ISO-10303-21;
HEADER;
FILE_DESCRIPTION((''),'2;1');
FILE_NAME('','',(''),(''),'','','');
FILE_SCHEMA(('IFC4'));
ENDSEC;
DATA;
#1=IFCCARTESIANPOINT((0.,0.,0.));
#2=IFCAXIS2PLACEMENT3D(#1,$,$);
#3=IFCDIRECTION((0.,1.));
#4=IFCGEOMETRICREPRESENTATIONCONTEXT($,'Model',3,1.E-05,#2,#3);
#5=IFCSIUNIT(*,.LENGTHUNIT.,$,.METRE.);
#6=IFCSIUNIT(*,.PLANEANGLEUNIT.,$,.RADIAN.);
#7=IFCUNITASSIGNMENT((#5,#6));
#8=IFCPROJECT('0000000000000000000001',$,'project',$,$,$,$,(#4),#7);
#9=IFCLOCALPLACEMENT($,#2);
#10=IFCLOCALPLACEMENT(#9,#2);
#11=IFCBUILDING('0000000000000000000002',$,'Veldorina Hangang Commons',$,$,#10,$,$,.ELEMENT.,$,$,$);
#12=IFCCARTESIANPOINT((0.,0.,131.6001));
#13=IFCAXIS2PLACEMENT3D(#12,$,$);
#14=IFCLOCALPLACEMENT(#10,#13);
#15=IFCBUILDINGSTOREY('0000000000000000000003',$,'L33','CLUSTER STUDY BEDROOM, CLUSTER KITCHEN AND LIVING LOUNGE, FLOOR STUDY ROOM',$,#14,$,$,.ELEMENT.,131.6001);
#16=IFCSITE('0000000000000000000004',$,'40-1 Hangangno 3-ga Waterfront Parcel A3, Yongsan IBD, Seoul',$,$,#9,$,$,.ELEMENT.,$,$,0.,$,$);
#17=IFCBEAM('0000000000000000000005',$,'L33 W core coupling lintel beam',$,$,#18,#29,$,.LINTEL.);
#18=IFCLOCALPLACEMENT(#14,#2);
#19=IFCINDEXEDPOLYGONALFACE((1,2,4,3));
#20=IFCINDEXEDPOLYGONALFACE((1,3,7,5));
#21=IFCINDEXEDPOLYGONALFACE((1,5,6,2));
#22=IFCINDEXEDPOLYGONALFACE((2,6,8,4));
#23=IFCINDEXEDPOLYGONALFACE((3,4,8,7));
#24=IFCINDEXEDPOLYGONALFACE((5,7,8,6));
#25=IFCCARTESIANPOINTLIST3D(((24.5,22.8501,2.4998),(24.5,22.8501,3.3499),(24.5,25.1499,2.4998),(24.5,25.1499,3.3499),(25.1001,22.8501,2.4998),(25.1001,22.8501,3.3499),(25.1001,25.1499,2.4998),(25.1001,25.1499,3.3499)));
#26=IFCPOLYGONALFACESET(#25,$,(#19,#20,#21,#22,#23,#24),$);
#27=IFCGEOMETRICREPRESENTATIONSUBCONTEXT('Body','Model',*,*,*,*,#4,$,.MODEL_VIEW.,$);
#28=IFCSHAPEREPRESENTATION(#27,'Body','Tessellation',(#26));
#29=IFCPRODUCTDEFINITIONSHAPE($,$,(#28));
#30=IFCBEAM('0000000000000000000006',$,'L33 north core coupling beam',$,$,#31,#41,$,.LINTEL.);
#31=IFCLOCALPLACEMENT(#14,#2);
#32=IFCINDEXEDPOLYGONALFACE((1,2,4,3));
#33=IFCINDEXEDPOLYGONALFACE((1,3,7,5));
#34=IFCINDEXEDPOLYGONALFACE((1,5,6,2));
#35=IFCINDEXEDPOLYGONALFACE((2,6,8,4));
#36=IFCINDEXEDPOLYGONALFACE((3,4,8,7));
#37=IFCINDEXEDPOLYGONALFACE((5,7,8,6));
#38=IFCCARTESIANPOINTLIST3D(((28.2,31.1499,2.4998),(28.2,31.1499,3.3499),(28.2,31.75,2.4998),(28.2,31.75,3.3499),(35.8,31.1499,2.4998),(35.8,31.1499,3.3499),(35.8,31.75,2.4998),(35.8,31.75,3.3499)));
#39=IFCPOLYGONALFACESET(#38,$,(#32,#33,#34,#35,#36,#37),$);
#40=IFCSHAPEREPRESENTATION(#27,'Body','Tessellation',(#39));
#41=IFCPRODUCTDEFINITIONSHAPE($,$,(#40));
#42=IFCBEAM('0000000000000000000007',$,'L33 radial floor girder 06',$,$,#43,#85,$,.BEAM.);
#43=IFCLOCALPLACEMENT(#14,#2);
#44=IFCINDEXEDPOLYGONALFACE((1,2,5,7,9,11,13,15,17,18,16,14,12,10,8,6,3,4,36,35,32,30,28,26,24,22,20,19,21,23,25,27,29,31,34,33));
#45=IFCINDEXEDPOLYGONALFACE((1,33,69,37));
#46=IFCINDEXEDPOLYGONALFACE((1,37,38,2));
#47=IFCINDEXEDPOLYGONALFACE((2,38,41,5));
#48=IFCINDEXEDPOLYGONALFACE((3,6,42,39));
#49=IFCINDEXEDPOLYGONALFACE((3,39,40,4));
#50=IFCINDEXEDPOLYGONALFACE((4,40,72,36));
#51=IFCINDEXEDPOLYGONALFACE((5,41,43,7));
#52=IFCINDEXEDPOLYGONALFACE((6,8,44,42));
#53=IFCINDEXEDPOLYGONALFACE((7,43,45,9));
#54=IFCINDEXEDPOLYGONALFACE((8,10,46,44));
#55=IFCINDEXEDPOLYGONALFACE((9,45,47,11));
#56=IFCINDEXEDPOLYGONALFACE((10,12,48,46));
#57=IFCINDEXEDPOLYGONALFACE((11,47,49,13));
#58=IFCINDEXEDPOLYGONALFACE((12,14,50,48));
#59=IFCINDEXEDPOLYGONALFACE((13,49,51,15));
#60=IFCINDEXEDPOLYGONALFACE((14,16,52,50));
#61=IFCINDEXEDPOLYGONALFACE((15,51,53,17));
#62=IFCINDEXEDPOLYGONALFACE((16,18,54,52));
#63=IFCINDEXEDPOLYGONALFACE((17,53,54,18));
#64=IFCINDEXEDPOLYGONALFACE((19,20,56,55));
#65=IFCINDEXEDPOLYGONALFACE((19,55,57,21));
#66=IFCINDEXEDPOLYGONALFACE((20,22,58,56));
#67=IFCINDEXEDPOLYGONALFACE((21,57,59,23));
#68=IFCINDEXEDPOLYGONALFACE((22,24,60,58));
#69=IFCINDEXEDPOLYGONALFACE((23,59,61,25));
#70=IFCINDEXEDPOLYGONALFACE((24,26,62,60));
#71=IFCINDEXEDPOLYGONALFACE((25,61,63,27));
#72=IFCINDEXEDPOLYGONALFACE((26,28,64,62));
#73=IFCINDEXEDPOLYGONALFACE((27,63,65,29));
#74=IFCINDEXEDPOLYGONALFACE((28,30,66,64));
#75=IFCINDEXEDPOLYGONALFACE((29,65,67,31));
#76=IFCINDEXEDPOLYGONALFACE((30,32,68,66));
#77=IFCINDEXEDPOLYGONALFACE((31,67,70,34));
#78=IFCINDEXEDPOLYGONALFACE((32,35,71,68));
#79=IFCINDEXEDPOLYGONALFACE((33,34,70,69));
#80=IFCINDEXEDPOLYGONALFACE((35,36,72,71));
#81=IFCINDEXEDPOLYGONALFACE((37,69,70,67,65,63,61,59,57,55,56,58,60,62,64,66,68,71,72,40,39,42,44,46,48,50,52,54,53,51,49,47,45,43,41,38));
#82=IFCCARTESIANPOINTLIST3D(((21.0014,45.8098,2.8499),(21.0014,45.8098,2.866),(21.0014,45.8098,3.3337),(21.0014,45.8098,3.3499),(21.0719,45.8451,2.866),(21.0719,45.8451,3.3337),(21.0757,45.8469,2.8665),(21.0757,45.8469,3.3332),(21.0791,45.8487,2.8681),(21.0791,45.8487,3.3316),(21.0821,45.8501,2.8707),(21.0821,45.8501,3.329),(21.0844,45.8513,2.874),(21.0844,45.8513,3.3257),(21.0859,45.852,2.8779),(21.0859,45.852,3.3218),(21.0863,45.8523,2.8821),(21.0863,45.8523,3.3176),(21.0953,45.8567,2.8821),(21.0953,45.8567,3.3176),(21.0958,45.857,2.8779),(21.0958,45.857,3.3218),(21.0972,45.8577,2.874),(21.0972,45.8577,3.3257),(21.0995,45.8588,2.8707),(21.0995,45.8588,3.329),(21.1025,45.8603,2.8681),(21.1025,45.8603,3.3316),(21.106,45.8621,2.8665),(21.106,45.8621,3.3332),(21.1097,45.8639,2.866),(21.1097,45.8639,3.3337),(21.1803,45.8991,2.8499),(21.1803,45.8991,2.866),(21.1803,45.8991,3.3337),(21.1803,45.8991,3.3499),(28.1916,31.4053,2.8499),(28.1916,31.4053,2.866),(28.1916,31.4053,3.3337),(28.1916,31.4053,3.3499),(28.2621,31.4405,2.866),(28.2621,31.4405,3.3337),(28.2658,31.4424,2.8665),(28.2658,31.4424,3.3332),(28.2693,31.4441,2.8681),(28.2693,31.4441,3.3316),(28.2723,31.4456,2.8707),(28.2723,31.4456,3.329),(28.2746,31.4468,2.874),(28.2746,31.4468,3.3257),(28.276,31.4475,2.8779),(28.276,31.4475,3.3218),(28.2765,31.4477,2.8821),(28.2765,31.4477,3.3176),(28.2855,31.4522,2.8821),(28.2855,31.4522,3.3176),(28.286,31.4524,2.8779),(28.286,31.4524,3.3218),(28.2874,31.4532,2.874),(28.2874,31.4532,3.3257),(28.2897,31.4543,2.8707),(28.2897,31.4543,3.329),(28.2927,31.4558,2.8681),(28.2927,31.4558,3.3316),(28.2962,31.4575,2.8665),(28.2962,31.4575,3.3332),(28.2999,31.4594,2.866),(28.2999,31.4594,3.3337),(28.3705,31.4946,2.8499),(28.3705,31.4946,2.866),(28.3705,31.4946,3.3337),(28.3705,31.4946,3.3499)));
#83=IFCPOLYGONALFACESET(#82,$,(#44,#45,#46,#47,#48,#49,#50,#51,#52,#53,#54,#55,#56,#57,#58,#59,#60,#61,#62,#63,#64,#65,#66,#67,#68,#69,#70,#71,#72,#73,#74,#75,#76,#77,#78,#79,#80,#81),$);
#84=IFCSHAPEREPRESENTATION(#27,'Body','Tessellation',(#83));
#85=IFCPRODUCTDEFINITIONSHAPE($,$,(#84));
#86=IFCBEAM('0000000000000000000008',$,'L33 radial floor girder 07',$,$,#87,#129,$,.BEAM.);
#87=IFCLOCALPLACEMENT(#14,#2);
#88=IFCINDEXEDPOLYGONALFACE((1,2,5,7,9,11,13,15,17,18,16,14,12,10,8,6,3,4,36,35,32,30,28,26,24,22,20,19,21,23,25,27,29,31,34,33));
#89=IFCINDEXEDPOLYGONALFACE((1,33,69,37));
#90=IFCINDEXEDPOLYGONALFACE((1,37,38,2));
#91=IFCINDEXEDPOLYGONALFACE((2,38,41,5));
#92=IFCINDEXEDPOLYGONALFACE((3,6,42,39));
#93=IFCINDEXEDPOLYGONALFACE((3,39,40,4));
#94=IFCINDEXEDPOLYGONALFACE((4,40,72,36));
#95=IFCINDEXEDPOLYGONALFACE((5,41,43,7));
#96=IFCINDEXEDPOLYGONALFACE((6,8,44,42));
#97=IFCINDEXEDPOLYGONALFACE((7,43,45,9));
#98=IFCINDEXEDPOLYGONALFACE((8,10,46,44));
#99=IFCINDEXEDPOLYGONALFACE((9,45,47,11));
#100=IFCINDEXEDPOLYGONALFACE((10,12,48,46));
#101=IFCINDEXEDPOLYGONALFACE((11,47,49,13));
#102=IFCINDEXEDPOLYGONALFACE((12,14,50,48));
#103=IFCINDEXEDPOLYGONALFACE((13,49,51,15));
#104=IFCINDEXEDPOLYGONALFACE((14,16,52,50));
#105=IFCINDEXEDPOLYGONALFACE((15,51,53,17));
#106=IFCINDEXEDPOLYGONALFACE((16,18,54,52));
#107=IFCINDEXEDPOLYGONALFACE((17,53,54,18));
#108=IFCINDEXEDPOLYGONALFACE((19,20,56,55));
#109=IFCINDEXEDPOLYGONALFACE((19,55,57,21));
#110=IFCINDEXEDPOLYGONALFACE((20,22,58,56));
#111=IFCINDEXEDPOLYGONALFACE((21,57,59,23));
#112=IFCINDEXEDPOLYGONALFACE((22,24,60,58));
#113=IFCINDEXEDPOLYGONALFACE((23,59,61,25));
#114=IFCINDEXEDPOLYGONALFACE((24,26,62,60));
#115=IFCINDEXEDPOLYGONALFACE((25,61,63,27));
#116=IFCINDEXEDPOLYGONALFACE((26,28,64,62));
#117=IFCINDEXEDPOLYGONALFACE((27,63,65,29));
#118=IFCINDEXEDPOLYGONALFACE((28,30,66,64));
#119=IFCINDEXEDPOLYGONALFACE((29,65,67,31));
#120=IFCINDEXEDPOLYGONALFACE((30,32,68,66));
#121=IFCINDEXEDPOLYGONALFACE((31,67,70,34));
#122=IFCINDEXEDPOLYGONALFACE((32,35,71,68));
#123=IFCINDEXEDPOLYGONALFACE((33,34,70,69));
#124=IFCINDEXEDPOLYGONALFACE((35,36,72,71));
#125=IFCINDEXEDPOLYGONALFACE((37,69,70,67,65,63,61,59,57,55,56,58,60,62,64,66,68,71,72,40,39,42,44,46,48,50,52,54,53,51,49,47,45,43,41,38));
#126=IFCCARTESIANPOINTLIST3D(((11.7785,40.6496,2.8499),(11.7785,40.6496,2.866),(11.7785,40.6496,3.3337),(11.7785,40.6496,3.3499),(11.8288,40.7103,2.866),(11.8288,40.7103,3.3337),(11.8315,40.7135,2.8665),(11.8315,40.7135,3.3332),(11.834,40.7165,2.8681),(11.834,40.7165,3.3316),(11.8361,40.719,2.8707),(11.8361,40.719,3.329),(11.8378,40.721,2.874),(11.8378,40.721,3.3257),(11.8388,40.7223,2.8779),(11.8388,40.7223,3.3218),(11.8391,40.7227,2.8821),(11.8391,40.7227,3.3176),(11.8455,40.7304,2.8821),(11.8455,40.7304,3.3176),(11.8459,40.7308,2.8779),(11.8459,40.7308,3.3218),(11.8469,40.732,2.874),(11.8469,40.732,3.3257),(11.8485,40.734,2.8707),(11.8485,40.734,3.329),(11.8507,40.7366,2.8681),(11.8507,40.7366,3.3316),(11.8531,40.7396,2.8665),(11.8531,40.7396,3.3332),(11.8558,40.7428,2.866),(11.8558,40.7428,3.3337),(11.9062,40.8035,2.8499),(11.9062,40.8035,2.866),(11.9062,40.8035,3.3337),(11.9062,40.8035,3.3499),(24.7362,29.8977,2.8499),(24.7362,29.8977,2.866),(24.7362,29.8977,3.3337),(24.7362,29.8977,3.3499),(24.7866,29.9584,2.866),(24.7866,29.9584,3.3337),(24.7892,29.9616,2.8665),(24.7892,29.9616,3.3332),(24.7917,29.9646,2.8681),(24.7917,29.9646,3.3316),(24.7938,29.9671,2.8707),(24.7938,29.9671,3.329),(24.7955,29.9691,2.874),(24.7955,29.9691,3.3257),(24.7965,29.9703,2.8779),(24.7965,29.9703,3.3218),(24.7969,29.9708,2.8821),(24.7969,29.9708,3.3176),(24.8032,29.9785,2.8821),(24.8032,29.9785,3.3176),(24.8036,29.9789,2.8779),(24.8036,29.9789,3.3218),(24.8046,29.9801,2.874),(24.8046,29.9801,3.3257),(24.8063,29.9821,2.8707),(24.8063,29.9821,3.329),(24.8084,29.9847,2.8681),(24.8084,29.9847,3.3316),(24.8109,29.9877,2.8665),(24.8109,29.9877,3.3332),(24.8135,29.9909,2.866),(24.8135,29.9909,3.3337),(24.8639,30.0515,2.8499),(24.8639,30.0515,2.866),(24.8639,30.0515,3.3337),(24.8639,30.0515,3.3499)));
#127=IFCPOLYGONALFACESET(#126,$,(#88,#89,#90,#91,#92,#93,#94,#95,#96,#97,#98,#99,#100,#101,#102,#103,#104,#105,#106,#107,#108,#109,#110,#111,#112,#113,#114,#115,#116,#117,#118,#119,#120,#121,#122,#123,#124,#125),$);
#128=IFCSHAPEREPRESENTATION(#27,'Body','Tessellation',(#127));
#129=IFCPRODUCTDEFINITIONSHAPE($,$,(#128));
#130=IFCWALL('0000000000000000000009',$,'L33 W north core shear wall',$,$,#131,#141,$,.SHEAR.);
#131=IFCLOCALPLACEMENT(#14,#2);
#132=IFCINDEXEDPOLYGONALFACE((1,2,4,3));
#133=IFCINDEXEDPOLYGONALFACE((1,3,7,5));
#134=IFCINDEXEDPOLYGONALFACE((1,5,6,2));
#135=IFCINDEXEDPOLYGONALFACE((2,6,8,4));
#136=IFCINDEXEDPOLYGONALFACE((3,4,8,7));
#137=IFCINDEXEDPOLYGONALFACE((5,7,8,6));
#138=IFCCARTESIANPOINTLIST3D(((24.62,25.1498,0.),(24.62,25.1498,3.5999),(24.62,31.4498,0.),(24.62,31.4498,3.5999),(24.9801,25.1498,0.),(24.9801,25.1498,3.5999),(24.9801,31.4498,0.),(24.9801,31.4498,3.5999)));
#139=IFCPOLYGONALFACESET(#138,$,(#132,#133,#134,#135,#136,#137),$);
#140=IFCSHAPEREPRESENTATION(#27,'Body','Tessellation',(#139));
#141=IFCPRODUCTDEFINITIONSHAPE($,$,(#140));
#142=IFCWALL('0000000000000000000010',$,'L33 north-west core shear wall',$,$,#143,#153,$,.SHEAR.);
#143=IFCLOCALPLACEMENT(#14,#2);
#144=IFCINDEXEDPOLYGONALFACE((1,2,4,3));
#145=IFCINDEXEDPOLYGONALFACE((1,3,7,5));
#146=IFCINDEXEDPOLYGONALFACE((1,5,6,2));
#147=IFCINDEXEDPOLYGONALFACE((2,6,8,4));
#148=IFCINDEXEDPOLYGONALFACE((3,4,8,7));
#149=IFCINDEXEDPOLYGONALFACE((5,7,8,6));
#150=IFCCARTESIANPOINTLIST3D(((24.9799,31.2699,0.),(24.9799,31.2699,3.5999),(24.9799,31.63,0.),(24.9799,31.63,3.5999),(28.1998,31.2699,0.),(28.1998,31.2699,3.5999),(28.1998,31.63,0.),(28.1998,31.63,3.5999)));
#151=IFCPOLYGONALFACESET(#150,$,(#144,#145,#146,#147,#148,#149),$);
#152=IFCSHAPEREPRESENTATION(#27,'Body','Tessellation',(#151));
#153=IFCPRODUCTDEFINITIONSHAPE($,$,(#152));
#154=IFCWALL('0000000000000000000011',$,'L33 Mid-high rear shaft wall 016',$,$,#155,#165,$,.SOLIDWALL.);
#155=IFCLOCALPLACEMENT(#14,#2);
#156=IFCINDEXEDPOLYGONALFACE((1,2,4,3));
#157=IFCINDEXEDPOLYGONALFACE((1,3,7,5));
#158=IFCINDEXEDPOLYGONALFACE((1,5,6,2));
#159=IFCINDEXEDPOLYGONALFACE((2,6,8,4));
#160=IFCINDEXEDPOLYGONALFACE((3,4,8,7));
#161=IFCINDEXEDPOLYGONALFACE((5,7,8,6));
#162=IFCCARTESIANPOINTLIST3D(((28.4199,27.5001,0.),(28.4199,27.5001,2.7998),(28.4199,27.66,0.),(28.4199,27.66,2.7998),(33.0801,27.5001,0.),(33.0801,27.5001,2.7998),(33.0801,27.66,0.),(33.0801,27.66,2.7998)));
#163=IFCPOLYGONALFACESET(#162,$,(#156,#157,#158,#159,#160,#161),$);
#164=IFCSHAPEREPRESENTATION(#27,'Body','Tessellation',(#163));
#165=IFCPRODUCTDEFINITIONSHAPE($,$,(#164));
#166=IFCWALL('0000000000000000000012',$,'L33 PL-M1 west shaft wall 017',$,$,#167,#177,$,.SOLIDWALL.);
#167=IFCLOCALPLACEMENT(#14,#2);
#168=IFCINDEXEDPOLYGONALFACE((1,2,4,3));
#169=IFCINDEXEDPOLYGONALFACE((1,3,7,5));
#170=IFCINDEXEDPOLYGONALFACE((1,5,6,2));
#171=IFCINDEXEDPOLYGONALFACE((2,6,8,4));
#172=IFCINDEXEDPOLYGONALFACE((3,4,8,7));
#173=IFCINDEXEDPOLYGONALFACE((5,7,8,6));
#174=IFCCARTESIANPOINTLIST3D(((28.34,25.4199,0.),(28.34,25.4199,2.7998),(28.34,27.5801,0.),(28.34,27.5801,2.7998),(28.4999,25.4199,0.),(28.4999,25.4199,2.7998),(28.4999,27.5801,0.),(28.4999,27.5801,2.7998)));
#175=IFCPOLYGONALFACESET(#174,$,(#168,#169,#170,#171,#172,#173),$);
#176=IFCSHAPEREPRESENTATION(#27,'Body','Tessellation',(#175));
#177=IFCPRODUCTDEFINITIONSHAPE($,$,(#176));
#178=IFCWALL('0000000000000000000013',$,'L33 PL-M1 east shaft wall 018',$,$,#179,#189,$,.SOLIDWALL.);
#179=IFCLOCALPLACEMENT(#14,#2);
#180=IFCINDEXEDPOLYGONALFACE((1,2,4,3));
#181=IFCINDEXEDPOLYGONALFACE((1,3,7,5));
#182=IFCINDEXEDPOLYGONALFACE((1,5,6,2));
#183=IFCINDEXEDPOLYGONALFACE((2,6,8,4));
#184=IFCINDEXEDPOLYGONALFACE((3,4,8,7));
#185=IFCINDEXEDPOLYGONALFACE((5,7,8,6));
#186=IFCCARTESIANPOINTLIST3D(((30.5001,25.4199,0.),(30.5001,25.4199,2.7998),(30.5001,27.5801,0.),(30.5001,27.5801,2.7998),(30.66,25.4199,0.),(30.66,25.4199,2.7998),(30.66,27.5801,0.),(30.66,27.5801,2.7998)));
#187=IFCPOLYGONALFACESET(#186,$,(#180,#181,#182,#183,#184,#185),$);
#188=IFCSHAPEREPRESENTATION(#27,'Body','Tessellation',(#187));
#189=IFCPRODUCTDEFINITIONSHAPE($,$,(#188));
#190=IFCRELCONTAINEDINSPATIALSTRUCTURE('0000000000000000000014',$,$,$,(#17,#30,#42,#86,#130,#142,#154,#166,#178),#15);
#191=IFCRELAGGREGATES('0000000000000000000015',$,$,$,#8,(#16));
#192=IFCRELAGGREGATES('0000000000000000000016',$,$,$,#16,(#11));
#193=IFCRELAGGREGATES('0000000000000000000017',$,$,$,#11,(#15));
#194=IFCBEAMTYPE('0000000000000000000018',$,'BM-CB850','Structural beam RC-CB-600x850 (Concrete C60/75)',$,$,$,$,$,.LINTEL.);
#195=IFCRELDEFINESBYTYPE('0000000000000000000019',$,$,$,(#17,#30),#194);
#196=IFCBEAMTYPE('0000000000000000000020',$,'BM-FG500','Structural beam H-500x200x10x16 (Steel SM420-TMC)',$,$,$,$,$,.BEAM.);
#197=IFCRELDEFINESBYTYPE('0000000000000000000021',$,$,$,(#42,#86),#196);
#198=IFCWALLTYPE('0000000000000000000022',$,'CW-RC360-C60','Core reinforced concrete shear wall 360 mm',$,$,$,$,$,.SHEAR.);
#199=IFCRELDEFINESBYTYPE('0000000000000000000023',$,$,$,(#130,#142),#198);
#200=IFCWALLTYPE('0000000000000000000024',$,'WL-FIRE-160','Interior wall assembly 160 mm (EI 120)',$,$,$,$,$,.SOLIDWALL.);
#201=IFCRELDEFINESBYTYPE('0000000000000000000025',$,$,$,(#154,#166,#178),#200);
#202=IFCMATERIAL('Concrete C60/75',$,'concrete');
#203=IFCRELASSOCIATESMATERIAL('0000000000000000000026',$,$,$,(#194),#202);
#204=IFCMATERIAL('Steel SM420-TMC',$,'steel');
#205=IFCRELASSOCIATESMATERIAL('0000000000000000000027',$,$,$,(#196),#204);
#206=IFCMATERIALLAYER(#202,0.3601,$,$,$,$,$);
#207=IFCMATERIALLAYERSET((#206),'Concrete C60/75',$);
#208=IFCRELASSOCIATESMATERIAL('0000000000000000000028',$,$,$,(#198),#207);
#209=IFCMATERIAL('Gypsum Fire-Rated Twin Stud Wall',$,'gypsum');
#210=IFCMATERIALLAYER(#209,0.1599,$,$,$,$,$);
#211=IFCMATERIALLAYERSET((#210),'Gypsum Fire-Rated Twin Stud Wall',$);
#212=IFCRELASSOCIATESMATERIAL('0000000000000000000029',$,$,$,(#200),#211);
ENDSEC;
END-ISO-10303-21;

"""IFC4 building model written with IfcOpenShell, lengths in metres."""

from ifc_helpers import new_model, si_unit, direction, frame, frame_2d, origin, origin_2d, place, context, subcontext, project, spatial, rectangle, i_section, extrude, material, layer, layer_set, material_profile, profile_set, type_object, element, save


model = new_model("IFC4")

# Units and contexts
model_context = context("Model", 3, precision=1e-05, world=origin(), true_north=direction((0.0, 1.0)))
body_context = subcontext(model_context, "Body", "Model", "MODEL_VIEW")
ifc_project = project(units=[si_unit("LENGTHUNIT", "METRE"), si_unit("PLANEANGLEUNIT", "RADIAN")], contexts=[model_context])

# Site, building, storey
site_placement = place(None, origin())
site = spatial("IfcSite", under=ifc_project, at=site_placement, Name="40-1 Hangangno 3-ga Waterfront Parcel A3, Yongsan IBD, Seoul", CompositionType="ELEMENT", RefElevation=0.0)
building_placement = place(site_placement, origin())
building = spatial("IfcBuilding", under=site, at=building_placement, Name="Veldorina Hangang Commons", CompositionType="ELEMENT")
storey_placement = place(building_placement, frame((0.0, 0.0, 131.6001)))
storey = spatial("IfcBuildingStorey", under=building, at=storey_placement, Name="L33", Description="CLUSTER STUDY BEDROOM, CLUSTER KITCHEN AND LIVING LOUNGE, FLOOR STUDY ROOM", CompositionType="ELEMENT", Elevation=131.6001)

# Beams
ifc_material_1 = material(Name="Concrete C60/75", Category="concrete")
ifc_material_profile_1 = material_profile(ifc_material_1, rectangle(XDim=0.6001, YDim=0.8501, at=origin_2d()), Name="RC-CB-600x850")
ifc_profile_set_1 = profile_set([ifc_material_profile_1], Name="Concrete C60/75")
beam_type_1 = type_object("IfcBeamType", Name="BM-CB850", Description="Structural beam RC-CB-600x850 (Concrete C60/75)", PredefinedType="LINTEL", material=ifc_profile_set_1)
beam_1_placement = place(storey_placement, frame((24.8, 22.8501, 2.9248), z_axis=(0.0, 1.0, 0.0), x_axis=(-1.0, 0.0, 0.0)))
element("IfcBeam", 1, at=beam_1_placement, inside=storey, type_object=beam_type_1, Name="L33 W core coupling lintel beam", PredefinedType="LINTEL", context=body_context, shape_type="SweptSolid", body=[
    extrude(rectangle(XDim=0.6001, YDim=0.8501, at=origin_2d()), origin(), (0.0, 0.0, 1.0), 2.2998),
])
beam_2_placement = place(storey_placement, frame((28.2, 31.45, 2.9248), z_axis=(1.0, 0.0, 0.0), x_axis=(0.0, 1.0, 0.0)))
element("IfcBeam", 2, at=beam_2_placement, inside=storey, type_object=beam_type_1, Name="L33 north core coupling beam", PredefinedType="LINTEL", context=body_context, shape_type="SweptSolid", body=[
    extrude(rectangle(XDim=0.6001, YDim=0.8501, at=origin_2d()), origin(), (0.0, 0.0, 1.0), 7.6001),
])
ifc_material_2 = material(Name="Steel SM420-TMC", Category="steel")
ifc_material_profile_2 = material_profile(ifc_material_2, i_section(OverallWidth=0.2, OverallDepth=0.5, WebThickness=0.01, FlangeThickness=0.0161, FilletRadius=0.0161, at=origin_2d()), Name="H-500x200x10x16")
ifc_profile_set_2 = profile_set([ifc_material_profile_2], Name="Steel SM420-TMC")
beam_type_2 = type_object("IfcBeamType", Name="BM-FG500", Description="Structural beam H-500x200x10x16 (Steel SM420-TMC)", PredefinedType="BEAM", material=ifc_profile_set_2)
beam_3_placement = place(storey_placement, frame((28.281, 31.45, 3.0999), z_axis=(-0.446613, 0.894727, 0.0), x_axis=(-0.894727, -0.446613, 0.0)))
element("IfcBeam", 3, at=beam_3_placement, inside=storey, type_object=beam_type_2, Name="L33 radial floor girder 06", PredefinedType="BEAM", context=body_context, shape_type="SweptSolid", body=[
    extrude(i_section(OverallWidth=0.2, OverallDepth=0.5, WebThickness=0.01, FlangeThickness=0.0161, FilletRadius=0.0161, at=origin_2d()), origin(), (0.0, 0.0, 1.0), 16.0994),
])
beam_4_placement = place(storey_placement, frame((24.8, 29.9746, 3.0999), z_axis=(-0.769569, 0.638564, 0.0), x_axis=(-0.638564, -0.769569, 0.0)))
element("IfcBeam", 4, at=beam_4_placement, inside=storey, type_object=beam_type_2, Name="L33 radial floor girder 07", PredefinedType="BEAM", context=body_context, shape_type="SweptSolid", body=[
    extrude(i_section(OverallWidth=0.2, OverallDepth=0.5, WebThickness=0.01, FlangeThickness=0.0161, FilletRadius=0.0161, at=origin_2d()), origin(), (0.0, 0.0, 1.0), 16.8376),
])

# Walls
ifc_layer_1 = layer(ifc_material_1, 0.3601)
ifc_layer_set_1 = layer_set([ifc_layer_1], Name="Concrete C60/75")
wall_type_1 = type_object("IfcWallType", Name="CW-RC360-C60", Description="Core reinforced concrete shear wall 360 mm", PredefinedType="SHEAR", material=ifc_layer_set_1)
wall_1_placement = place(storey_placement, frame((24.8, 25.1499, 0.0), z_axis=(0.0, 0.0, 1.0), x_axis=(0.0, 1.0, 0.0)))
element("IfcWall", 5, at=wall_1_placement, inside=storey, type_object=wall_type_1, Name="L33 W north core shear wall", PredefinedType="SHEAR", context=body_context, shape_type="SweptSolid", body=[
    extrude(rectangle(XDim=6.3, YDim=0.3601, at=frame_2d((3.1499, 0.0))), origin(), (0.0, 0.0, 1.0), 3.5999),
])
wall_2_placement = place(storey_placement, frame((24.98, 31.45, 0.0), z_axis=(0.0, 0.0, 1.0), x_axis=(1.0, 0.0, 0.0)))
element("IfcWall", 6, at=wall_2_placement, inside=storey, type_object=wall_type_1, Name="L33 north-west core shear wall", PredefinedType="SHEAR", context=body_context, shape_type="SweptSolid", body=[
    extrude(rectangle(XDim=3.22, YDim=0.3601, at=frame_2d((1.6099, 0.0))), origin(), (0.0, 0.0, 1.0), 3.5999),
])

# Shared definitions
ifc_material_3 = material(Name="Gypsum Fire-Rated Twin Stud Wall", Category="gypsum")
ifc_layer_2 = layer(ifc_material_3, 0.1599)
ifc_layer_set_2 = layer_set([ifc_layer_2], Name="Gypsum Fire-Rated Twin Stud Wall")
wall_type_2 = type_object("IfcWallType", Name="WL-FIRE-160", Description="Interior wall assembly 160 mm (EI 120)", PredefinedType="SOLIDWALL", material=ifc_layer_set_2)

# Walls
wall_3_placement = place(storey_placement, frame((28.4199, 27.5801, 0.0), z_axis=(0.0, 0.0, 1.0), x_axis=(1.0, 0.0, 0.0)))
element("IfcWall", 7, at=wall_3_placement, inside=storey, type_object=wall_type_2, Name="L33 Mid-high rear shaft wall 016", PredefinedType="SOLIDWALL", context=body_context, shape_type="SweptSolid", body=[
    extrude(rectangle(XDim=4.6602, YDim=0.1599, at=frame_2d((2.3301, 0.0))), origin(), (0.0, 0.0, 1.0), 2.7998),
])
for number, where, z_axis, x_axis, name in (
    (8, (28.4199, 25.4199, 0.0), (0.0, 0.0, 1.0), (0.0, 1.0, 0.0), "L33 PL-M1 west shaft wall 017"),
    (9, (30.5801, 25.4199, 0.0), (0.0, 0.0, 1.0), (0.0, 1.0, 0.0), "L33 PL-M1 east shaft wall 018"),
):
    element("IfcWall", number, at=place(storey_placement, frame(where, z_axis=z_axis, x_axis=x_axis)), inside=storey, type_object=wall_type_2, Name=name, PredefinedType="SOLIDWALL", context=body_context, shape_type="SweptSolid", body=[
        extrude(rectangle(XDim=2.1602, YDim=0.1599, at=frame_2d((1.0801, 0.0))), origin(), (0.0, 0.0, 1.0), 2.7998),
    ])

save(model, "model.ifc")
